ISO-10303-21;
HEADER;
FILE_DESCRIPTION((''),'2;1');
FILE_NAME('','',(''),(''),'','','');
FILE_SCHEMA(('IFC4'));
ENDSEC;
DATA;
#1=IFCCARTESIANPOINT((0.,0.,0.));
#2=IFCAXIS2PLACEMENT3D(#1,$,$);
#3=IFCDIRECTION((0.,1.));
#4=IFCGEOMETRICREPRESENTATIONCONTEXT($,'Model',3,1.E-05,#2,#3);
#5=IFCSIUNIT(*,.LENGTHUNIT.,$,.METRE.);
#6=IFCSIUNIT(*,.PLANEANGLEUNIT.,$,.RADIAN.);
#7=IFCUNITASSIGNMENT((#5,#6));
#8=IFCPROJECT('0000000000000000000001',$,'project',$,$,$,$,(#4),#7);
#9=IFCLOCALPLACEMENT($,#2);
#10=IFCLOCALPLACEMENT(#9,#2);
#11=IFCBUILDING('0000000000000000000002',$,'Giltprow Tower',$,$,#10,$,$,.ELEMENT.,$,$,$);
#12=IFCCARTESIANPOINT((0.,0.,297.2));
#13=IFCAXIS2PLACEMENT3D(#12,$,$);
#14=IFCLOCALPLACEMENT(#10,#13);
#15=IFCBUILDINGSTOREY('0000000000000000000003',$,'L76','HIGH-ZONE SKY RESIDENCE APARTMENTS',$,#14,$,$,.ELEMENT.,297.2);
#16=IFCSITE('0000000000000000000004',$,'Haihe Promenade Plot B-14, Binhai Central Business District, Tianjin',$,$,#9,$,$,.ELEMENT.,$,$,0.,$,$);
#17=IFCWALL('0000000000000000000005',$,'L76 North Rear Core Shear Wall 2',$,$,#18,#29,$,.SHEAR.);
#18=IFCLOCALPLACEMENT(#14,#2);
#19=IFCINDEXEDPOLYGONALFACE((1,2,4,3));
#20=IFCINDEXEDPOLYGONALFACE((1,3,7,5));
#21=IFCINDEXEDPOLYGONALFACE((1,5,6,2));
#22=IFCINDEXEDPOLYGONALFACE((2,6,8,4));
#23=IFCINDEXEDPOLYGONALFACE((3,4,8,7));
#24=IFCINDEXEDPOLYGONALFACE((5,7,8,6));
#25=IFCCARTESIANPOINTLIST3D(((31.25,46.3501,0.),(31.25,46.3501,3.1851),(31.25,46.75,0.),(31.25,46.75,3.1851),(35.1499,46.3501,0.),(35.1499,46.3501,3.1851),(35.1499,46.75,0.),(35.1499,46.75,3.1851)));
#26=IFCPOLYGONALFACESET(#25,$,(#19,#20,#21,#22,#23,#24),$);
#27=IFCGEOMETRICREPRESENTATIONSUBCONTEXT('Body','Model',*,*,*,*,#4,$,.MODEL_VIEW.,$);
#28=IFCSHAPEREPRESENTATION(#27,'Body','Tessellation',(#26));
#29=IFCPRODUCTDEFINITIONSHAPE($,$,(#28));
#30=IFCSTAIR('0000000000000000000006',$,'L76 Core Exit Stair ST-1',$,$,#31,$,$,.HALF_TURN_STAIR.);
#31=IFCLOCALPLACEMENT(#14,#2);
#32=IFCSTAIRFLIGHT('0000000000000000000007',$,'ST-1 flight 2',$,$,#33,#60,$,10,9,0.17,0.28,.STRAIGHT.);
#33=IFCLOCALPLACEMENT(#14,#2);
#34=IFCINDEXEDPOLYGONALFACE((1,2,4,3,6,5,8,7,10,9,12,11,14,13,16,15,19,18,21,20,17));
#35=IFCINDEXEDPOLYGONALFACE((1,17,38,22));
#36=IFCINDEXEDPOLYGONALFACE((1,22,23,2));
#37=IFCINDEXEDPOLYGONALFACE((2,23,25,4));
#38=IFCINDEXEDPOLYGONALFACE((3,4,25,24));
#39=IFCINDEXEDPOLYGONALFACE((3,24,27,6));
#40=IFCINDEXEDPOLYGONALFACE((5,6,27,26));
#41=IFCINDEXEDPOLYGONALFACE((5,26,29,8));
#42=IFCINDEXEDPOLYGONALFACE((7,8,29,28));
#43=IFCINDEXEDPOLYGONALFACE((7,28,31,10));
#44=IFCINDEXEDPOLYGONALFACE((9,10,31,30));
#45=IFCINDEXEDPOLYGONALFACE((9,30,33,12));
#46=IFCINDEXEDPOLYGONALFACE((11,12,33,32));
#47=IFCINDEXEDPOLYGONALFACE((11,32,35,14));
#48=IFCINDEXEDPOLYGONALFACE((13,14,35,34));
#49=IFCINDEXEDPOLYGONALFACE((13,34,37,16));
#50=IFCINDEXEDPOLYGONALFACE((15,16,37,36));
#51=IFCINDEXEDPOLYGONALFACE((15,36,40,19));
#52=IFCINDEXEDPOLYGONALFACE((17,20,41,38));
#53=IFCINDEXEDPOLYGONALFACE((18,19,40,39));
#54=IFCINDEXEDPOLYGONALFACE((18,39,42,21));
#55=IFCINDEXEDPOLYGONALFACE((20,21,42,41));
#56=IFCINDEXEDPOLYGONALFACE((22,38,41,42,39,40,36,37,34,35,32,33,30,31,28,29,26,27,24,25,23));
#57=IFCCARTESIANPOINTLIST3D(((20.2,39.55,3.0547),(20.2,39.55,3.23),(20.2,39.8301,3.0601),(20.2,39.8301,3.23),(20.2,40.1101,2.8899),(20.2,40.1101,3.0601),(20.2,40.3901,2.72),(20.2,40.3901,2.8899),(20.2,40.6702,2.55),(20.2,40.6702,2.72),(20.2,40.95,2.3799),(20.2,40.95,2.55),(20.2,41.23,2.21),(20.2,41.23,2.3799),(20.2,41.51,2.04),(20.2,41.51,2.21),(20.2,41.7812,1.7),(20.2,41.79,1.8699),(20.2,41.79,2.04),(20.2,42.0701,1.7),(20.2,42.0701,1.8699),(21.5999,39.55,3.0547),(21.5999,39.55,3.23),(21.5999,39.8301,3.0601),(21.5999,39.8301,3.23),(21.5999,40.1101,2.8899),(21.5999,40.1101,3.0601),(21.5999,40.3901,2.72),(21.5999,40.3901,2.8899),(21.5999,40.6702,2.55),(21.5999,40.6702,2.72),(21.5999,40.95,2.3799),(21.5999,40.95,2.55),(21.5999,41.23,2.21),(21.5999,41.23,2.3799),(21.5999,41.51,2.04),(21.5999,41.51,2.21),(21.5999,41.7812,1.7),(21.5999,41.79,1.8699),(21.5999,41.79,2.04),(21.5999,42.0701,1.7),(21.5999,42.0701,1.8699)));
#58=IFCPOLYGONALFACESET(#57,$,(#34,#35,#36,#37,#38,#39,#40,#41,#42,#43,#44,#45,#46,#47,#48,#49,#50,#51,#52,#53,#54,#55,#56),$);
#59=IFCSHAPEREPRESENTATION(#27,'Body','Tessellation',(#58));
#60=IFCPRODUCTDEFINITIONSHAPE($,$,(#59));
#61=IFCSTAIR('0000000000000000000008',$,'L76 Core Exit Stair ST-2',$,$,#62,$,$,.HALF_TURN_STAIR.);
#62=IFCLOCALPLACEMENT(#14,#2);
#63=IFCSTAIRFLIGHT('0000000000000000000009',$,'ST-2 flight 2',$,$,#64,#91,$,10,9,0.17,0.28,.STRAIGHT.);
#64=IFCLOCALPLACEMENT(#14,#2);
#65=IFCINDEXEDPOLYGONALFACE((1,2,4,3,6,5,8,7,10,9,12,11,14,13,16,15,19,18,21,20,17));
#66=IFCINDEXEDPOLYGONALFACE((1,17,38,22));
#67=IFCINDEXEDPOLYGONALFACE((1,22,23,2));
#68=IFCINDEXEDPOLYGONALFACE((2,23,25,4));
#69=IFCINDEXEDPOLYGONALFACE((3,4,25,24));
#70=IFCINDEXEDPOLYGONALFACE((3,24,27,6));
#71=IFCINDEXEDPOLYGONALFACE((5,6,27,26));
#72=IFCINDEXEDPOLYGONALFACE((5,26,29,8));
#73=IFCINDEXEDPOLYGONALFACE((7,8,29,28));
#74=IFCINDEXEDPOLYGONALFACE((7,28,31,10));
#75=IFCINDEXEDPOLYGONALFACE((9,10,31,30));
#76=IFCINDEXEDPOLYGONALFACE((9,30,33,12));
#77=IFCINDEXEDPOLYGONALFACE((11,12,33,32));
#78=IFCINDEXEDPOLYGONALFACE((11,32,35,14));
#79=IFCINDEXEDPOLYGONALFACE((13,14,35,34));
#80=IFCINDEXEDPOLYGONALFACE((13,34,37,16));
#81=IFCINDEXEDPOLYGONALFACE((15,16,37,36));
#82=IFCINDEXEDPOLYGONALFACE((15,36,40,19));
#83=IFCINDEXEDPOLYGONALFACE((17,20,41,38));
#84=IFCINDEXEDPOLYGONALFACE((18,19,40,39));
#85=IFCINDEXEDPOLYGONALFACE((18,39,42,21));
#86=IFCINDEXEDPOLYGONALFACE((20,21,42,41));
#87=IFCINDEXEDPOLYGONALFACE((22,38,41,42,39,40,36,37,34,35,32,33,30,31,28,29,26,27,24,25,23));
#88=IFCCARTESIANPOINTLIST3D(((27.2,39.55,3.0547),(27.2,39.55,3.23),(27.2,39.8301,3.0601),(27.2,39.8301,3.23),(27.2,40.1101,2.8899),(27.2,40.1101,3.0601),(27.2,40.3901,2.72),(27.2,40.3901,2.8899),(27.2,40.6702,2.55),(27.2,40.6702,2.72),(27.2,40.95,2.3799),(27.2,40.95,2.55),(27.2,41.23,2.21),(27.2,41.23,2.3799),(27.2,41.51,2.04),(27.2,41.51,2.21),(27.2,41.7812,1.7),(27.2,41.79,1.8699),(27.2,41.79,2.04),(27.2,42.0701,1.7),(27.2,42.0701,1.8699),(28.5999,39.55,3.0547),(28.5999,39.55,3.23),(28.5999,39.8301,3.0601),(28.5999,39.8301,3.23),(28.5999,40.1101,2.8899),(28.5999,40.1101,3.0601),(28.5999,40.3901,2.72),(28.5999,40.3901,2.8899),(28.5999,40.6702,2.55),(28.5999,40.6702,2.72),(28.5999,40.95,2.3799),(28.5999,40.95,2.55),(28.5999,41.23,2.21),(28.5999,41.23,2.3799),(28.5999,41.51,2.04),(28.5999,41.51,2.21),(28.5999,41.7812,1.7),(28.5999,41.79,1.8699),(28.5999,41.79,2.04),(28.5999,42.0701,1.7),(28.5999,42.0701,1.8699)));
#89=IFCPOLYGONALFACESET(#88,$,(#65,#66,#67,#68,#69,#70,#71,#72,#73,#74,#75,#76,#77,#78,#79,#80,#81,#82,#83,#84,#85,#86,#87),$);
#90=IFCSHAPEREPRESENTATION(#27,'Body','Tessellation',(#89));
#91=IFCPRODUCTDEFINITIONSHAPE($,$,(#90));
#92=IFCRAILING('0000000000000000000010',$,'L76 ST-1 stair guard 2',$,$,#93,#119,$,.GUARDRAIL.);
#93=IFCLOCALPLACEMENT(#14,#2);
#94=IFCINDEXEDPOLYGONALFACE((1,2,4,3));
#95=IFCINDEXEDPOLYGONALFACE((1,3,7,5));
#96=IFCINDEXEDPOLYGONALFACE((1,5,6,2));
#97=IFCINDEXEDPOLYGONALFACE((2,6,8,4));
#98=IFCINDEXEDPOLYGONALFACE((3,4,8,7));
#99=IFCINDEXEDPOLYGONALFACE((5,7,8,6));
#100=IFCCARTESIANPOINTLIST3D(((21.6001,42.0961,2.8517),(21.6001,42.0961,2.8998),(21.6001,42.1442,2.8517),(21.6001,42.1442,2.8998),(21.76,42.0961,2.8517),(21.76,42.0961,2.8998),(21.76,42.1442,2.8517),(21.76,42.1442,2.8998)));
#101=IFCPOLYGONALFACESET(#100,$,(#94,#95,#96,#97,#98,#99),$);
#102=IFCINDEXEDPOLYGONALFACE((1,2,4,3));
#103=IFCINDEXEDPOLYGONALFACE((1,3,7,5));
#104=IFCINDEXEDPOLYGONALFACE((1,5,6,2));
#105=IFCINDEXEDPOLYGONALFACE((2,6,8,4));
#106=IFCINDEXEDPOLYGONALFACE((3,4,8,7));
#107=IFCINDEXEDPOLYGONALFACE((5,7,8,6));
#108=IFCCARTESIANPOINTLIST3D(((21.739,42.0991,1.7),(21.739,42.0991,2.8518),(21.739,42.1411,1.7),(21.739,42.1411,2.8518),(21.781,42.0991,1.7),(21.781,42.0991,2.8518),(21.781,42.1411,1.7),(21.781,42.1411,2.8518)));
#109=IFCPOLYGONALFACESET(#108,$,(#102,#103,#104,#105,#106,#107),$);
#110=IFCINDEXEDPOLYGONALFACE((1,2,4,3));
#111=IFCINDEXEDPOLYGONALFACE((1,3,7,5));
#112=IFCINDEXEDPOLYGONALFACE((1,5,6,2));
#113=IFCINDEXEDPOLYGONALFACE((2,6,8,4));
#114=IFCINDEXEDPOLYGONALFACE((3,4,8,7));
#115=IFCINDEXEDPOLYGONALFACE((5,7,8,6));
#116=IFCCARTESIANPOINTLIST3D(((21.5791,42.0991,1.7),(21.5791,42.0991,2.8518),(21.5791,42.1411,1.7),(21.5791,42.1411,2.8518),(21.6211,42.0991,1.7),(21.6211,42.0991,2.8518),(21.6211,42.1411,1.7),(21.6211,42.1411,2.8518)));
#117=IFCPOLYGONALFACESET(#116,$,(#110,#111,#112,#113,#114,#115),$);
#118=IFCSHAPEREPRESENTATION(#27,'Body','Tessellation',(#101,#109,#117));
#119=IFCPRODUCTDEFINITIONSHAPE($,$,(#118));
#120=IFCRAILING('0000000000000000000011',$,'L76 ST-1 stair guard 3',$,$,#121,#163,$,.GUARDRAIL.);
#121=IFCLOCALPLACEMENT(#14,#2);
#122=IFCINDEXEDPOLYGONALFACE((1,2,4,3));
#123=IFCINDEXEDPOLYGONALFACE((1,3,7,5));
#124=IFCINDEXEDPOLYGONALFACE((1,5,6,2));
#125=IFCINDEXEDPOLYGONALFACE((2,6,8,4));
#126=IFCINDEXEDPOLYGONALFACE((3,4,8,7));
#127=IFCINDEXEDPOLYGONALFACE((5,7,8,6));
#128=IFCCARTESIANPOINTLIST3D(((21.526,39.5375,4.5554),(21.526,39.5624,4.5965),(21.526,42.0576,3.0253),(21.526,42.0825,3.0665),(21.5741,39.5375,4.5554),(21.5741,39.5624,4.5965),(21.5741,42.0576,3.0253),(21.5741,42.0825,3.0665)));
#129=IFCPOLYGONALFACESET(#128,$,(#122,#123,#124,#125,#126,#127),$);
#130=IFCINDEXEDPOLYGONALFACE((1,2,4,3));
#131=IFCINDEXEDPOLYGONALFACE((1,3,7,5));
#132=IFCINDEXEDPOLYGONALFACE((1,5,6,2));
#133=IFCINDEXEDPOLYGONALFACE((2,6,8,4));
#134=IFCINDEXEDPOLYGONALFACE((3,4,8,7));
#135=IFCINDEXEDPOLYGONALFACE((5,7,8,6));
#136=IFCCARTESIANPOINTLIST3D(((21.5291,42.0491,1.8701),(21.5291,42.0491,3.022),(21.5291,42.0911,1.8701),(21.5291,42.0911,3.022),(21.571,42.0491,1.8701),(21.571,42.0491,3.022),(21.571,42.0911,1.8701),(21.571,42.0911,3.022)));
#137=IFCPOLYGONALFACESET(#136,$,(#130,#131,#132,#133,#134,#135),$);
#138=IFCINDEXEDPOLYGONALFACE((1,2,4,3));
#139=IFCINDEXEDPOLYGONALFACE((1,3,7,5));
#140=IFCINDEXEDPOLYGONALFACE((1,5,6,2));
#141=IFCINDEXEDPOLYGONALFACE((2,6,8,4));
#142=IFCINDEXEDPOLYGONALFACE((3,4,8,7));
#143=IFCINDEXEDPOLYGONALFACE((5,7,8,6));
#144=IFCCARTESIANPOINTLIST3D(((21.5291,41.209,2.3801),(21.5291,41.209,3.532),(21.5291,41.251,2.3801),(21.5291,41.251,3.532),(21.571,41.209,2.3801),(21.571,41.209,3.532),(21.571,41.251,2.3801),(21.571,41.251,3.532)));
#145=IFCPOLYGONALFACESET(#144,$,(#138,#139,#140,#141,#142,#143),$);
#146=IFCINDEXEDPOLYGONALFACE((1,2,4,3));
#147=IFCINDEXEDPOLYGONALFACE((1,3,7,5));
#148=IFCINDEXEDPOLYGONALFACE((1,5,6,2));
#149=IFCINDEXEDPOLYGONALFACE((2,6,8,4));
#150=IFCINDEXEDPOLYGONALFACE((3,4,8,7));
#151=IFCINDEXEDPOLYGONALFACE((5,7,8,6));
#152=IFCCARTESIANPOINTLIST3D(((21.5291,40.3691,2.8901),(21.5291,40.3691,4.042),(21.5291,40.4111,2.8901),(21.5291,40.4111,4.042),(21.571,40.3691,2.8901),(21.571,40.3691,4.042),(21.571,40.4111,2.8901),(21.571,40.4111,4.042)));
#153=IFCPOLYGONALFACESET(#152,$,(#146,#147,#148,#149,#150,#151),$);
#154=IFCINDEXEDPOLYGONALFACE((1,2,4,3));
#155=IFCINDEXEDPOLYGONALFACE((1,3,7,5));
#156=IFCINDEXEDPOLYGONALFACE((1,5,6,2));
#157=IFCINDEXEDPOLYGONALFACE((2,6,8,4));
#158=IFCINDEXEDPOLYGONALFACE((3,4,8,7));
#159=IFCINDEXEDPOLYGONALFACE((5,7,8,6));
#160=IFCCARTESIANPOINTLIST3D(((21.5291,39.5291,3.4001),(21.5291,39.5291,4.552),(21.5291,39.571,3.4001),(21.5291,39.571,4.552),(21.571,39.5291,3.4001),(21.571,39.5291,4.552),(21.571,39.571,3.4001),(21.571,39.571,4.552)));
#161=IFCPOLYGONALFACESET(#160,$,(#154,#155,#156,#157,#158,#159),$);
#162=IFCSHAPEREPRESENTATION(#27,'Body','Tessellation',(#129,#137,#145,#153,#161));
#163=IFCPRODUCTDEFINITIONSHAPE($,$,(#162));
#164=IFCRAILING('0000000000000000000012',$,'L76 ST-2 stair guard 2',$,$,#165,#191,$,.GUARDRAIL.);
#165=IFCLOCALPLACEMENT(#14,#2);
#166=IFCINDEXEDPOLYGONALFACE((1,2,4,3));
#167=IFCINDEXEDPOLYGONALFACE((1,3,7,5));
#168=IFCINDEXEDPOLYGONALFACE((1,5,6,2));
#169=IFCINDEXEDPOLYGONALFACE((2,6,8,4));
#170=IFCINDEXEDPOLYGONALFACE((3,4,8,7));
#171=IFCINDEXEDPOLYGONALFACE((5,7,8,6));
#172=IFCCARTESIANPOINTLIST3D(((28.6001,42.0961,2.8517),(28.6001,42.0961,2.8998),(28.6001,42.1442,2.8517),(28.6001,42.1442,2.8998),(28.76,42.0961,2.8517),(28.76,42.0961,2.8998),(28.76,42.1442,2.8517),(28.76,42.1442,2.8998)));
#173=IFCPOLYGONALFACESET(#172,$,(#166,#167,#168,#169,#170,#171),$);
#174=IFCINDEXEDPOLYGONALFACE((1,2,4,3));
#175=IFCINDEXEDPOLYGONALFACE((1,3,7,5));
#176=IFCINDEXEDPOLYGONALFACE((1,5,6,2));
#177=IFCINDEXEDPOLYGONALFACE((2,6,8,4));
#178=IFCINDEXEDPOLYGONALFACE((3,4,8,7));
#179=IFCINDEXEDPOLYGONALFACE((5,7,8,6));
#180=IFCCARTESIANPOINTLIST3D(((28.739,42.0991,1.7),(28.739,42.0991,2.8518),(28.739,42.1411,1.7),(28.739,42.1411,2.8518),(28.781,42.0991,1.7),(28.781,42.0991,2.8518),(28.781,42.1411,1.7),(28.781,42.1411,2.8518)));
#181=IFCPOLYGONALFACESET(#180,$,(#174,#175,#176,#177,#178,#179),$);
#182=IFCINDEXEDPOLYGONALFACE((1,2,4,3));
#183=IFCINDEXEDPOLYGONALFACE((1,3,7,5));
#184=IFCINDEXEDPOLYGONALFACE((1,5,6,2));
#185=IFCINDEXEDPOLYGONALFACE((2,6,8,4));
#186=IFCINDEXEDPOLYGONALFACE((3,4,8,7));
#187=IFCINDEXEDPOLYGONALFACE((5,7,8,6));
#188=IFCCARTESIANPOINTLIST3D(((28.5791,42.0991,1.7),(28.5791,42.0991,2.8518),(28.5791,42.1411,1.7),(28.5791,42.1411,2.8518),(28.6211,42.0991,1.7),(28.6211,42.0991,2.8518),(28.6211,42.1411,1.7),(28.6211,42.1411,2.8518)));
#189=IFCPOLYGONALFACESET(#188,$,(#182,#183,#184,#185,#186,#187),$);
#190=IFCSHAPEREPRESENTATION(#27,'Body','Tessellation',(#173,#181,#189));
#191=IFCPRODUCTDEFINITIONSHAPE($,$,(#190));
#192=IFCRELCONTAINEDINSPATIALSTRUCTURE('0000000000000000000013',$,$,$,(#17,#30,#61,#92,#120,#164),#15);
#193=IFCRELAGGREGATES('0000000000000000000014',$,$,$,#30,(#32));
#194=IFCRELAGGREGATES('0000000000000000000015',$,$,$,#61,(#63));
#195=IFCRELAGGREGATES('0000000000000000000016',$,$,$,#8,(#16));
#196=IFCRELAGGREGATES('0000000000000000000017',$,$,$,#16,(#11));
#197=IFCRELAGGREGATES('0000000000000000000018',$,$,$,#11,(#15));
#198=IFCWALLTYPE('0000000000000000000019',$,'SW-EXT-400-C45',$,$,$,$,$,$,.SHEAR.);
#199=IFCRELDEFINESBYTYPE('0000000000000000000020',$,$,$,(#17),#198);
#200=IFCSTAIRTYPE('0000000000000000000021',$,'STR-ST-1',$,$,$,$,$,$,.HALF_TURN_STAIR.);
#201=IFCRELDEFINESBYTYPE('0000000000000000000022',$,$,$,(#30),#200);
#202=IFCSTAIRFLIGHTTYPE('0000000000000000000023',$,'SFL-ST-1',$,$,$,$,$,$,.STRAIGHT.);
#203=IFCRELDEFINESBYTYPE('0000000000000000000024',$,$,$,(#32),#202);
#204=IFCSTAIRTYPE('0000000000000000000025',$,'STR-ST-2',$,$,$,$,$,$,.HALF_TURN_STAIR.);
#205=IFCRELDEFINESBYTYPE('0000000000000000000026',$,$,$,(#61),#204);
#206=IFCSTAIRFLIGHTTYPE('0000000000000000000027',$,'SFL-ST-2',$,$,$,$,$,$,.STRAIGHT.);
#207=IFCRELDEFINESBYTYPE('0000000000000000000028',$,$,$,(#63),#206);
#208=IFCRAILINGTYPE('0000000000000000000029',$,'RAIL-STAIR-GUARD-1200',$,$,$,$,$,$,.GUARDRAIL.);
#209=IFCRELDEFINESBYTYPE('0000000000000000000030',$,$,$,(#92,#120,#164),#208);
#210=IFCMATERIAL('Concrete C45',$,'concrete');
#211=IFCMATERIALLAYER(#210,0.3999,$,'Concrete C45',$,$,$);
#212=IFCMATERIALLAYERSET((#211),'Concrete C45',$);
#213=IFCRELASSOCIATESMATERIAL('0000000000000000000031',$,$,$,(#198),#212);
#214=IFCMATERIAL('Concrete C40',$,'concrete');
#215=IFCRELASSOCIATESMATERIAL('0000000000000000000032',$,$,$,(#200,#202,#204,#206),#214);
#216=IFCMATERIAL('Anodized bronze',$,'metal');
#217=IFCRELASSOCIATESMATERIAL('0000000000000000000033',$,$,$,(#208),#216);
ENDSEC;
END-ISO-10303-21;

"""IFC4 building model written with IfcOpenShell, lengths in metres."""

from ifc_helpers import new_model, si_unit, direction, frame, frame_2d, origin, origin_2d, place, context, subcontext, project, spatial, polyline, rectangle, outline, extrude, material, layer, layer_set, type_object, element, aggregate, save


model = new_model("IFC4")

# Units and contexts
model_context = context("Model", 3, precision=1e-05, world=origin(), true_north=direction((0.0, 1.0)))
body_context = subcontext(model_context, "Body", "Model", "MODEL_VIEW")
ifc_project = project(units=[si_unit("LENGTHUNIT", "METRE"), si_unit("PLANEANGLEUNIT", "RADIAN")], contexts=[model_context])

# Site, building, storey
site_placement = place(None, origin())
site = spatial("IfcSite", under=ifc_project, at=site_placement, Name="Haihe Promenade Plot B-14, Binhai Central Business District, Tianjin", CompositionType="ELEMENT", RefElevation=0.0)
building_placement = place(site_placement, origin())
building = spatial("IfcBuilding", under=site, at=building_placement, Name="Giltprow Tower", CompositionType="ELEMENT")
storey_placement = place(building_placement, frame((0.0, 0.0, 297.2)))
storey = spatial("IfcBuildingStorey", under=building, at=storey_placement, Name="L76", Description="HIGH-ZONE SKY RESIDENCE APARTMENTS", CompositionType="ELEMENT", Elevation=297.2)

# Shared definitions
ifc_material_1 = material(Name="Concrete C45", Category="concrete")

# Shared definitions
ifc_material_2 = material(Name="Concrete C40", Category="concrete")

# Wall
ifc_layer_1 = layer(ifc_material_1, 0.3999, Name="Concrete C45")
ifc_layer_set_1 = layer_set([ifc_layer_1], Name="Concrete C45")
wall_type_1 = type_object("IfcWallType", Name="SW-EXT-400-C45", PredefinedType="SHEAR", material=ifc_layer_set_1)
wall_1_placement = place(storey_placement, frame((31.25, 46.55, 0.0), z_axis=(0.0, 0.0, 1.0), x_axis=(1.0, 0.0, 0.0)))
element("IfcWall", 1, at=wall_1_placement, inside=storey, type_object=wall_type_1, Name="L76 North Rear Core Shear Wall 2", PredefinedType="SHEAR", context=body_context, shape_type="SweptSolid", body=[
    extrude(rectangle(XDim=3.8999, YDim=0.3999, at=frame_2d((1.95, 0.0))), origin(), (0.0, 0.0, 1.0), 3.1851),
])

# Stairs, stair flights
stair_type_1 = type_object("IfcStairType", Name="STR-ST-1", PredefinedType="HALF_TURN_STAIR", material=ifc_material_2)
stair_1_placement = place(storey_placement, origin())
stair_1 = element("IfcStair", 2, at=stair_1_placement, inside=storey, type_object=stair_type_1, Name="L76 Core Exit Stair ST-1", PredefinedType="HALF_TURN_STAIR")
stair_flight_type_1 = type_object("IfcStairFlightType", Name="SFL-ST-1", PredefinedType="STRAIGHT", material=ifc_material_2)
stair_flight_1_placement = place(storey_placement, frame((20.8999, 42.0701, 1.7), z_axis=(0.0, 0.0, 1.0), x_axis=(0.0, -1.0, 0.0)))
stair_flight_1 = element("IfcStairFlight", 3, at=stair_flight_1_placement, type_object=stair_flight_type_1, Name="ST-1 flight 2", NumberOfRisers=10, NumberOfTreads=9, PredefinedType="STRAIGHT", RiserHeight=0.17, TreadLength=0.28, context=body_context, shape_type="SweptSolid", body=[
    extrude(outline(polyline([(0.0, 0.0), (0.0, 0.1699), (0.28, 0.1699), (0.28, 0.3401), (0.5601, 0.3401), (0.5601, 0.51), (0.8401, 0.51), (0.8401, 0.6799), (1.1201, 0.6799), (1.1201, 0.8501), (1.3999, 0.8501), (1.3999, 1.02), (1.6799, 1.02), (1.6799, 1.1899), (1.96, 1.1899), (1.96, 1.3601), (2.24, 1.3601), (2.24, 1.53), (2.52, 1.53), (2.52, 1.7), (2.52, 1.3547), (0.2888, 0.0), (0.0, 0.0)])), frame((0.0, 0.7, 0.0), z_axis=(0.0, -1.0, 0.0), x_axis=(1.0, 0.0, 0.0)), (0.0, 0.0, 1.0), 1.3999),
])
aggregate(stair_1, [stair_flight_1])
stair_type_2 = type_object("IfcStairType", Name="STR-ST-2", PredefinedType="HALF_TURN_STAIR", material=ifc_material_2)
stair_2_placement = place(storey_placement, origin())
stair_2 = element("IfcStair", 4, at=stair_2_placement, inside=storey, type_object=stair_type_2, Name="L76 Core Exit Stair ST-2", PredefinedType="HALF_TURN_STAIR")
stair_flight_type_2 = type_object("IfcStairFlightType", Name="SFL-ST-2", PredefinedType="STRAIGHT", material=ifc_material_2)
stair_flight_2_placement = place(storey_placement, frame((27.8999, 42.0701, 1.7), z_axis=(0.0, 0.0, 1.0), x_axis=(0.0, -1.0, 0.0)))
stair_flight_2 = element("IfcStairFlight", 5, at=stair_flight_2_placement, type_object=stair_flight_type_2, Name="ST-2 flight 2", NumberOfRisers=10, NumberOfTreads=9, PredefinedType="STRAIGHT", RiserHeight=0.17, TreadLength=0.28, context=body_context, shape_type="SweptSolid", body=[
    extrude(outline(polyline([(0.0, 0.0), (0.0, 0.1699), (0.28, 0.1699), (0.28, 0.3401), (0.5601, 0.3401), (0.5601, 0.51), (0.8401, 0.51), (0.8401, 0.6799), (1.1201, 0.6799), (1.1201, 0.8501), (1.3999, 0.8501), (1.3999, 1.02), (1.6799, 1.02), (1.6799, 1.1899), (1.96, 1.1899), (1.96, 1.3601), (2.24, 1.3601), (2.24, 1.53), (2.52, 1.53), (2.52, 1.7), (2.52, 1.3547), (0.2888, 0.0), (0.0, 0.0)])), frame((0.0, 0.7, 0.0), z_axis=(0.0, -1.0, 0.0), x_axis=(1.0, 0.0, 0.0)), (0.0, 0.0, 1.0), 1.3999),
])
aggregate(stair_2, [stair_flight_2])

# Railings
ifc_material_3 = material(Name="Anodized bronze", Category="metal")
railing_type_1 = type_object("IfcRailingType", Name="RAIL-STAIR-GUARD-1200", PredefinedType="GUARDRAIL", material=ifc_material_3)
railing_1_placement = place(storey_placement, frame((21.76, 42.1201, 1.7)))
element("IfcRailing", 6, at=railing_1_placement, inside=storey, type_object=railing_type_1, Name="L76 ST-1 stair guard 2", PredefinedType="GUARDRAIL", context=body_context, shape_type="SweptSolid", body=[
    extrude(rectangle(XDim=0.0481, YDim=0.0481, at=origin_2d()), frame((0.0, 0.0, 1.1758), z_axis=(-1.0, 0.0, 0.0), x_axis=(0.0, -1.0, 0.0)), (0.0, 0.0, 1.0), 0.1599),
    extrude(rectangle(XDim=0.042, YDim=0.042, at=origin_2d()), origin(), (0.0, 0.0, 1.0), 1.1519),
    extrude(rectangle(XDim=0.042, YDim=0.042, at=origin_2d()), frame((-0.1599, 0.0, 0.0)), (0.0, 0.0, 1.0), 1.1519),
])
railing_2_placement = place(storey_placement, frame((21.55, 42.0701, 1.8701)))
element("IfcRailing", 7, at=railing_2_placement, inside=storey, type_object=railing_type_1, Name="L76 ST-1 stair guard 3", PredefinedType="GUARDRAIL", context=body_context, shape_type="SweptSolid", body=[
    extrude(rectangle(XDim=0.0481, YDim=0.0481, at=origin_2d()), frame((0.0, 0.0, 1.1758), z_axis=(0.0, -0.854785, 0.518982), x_axis=(1.0, 0.0, 0.0)), (0.0, 0.0, 1.0), 2.9482),
    extrude(rectangle(XDim=0.042, YDim=0.042, at=origin_2d()), origin(), (0.0, 0.0, 1.0), 1.1519),
    extrude(rectangle(XDim=0.042, YDim=0.042, at=origin_2d()), frame((0.0, -0.8401, 0.51)), (0.0, 0.0, 1.0), 1.1519),
    extrude(rectangle(XDim=0.042, YDim=0.042, at=origin_2d()), frame((0.0, -1.6799, 1.02)), (0.0, 0.0, 1.0), 1.1519),
    extrude(rectangle(XDim=0.042, YDim=0.042, at=origin_2d()), frame((0.0, -2.52, 1.53)), (0.0, 0.0, 1.0), 1.1519),
])
railing_3_placement = place(storey_placement, frame((28.76, 42.1201, 1.7)))
element("IfcRailing", 8, at=railing_3_placement, inside=storey, type_object=railing_type_1, Name="L76 ST-2 stair guard 2", PredefinedType="GUARDRAIL", context=body_context, shape_type="SweptSolid", body=[
    extrude(rectangle(XDim=0.0481, YDim=0.0481, at=origin_2d()), frame((0.0, 0.0, 1.1758), z_axis=(-1.0, 0.0, 0.0), x_axis=(0.0, -1.0, 0.0)), (0.0, 0.0, 1.0), 0.1599),
    extrude(rectangle(XDim=0.042, YDim=0.042, at=origin_2d()), origin(), (0.0, 0.0, 1.0), 1.1519),
    extrude(rectangle(XDim=0.042, YDim=0.042, at=origin_2d()), frame((-0.1599, 0.0, 0.0)), (0.0, 0.0, 1.0), 1.1519),
])

save(model, "model.ifc")
